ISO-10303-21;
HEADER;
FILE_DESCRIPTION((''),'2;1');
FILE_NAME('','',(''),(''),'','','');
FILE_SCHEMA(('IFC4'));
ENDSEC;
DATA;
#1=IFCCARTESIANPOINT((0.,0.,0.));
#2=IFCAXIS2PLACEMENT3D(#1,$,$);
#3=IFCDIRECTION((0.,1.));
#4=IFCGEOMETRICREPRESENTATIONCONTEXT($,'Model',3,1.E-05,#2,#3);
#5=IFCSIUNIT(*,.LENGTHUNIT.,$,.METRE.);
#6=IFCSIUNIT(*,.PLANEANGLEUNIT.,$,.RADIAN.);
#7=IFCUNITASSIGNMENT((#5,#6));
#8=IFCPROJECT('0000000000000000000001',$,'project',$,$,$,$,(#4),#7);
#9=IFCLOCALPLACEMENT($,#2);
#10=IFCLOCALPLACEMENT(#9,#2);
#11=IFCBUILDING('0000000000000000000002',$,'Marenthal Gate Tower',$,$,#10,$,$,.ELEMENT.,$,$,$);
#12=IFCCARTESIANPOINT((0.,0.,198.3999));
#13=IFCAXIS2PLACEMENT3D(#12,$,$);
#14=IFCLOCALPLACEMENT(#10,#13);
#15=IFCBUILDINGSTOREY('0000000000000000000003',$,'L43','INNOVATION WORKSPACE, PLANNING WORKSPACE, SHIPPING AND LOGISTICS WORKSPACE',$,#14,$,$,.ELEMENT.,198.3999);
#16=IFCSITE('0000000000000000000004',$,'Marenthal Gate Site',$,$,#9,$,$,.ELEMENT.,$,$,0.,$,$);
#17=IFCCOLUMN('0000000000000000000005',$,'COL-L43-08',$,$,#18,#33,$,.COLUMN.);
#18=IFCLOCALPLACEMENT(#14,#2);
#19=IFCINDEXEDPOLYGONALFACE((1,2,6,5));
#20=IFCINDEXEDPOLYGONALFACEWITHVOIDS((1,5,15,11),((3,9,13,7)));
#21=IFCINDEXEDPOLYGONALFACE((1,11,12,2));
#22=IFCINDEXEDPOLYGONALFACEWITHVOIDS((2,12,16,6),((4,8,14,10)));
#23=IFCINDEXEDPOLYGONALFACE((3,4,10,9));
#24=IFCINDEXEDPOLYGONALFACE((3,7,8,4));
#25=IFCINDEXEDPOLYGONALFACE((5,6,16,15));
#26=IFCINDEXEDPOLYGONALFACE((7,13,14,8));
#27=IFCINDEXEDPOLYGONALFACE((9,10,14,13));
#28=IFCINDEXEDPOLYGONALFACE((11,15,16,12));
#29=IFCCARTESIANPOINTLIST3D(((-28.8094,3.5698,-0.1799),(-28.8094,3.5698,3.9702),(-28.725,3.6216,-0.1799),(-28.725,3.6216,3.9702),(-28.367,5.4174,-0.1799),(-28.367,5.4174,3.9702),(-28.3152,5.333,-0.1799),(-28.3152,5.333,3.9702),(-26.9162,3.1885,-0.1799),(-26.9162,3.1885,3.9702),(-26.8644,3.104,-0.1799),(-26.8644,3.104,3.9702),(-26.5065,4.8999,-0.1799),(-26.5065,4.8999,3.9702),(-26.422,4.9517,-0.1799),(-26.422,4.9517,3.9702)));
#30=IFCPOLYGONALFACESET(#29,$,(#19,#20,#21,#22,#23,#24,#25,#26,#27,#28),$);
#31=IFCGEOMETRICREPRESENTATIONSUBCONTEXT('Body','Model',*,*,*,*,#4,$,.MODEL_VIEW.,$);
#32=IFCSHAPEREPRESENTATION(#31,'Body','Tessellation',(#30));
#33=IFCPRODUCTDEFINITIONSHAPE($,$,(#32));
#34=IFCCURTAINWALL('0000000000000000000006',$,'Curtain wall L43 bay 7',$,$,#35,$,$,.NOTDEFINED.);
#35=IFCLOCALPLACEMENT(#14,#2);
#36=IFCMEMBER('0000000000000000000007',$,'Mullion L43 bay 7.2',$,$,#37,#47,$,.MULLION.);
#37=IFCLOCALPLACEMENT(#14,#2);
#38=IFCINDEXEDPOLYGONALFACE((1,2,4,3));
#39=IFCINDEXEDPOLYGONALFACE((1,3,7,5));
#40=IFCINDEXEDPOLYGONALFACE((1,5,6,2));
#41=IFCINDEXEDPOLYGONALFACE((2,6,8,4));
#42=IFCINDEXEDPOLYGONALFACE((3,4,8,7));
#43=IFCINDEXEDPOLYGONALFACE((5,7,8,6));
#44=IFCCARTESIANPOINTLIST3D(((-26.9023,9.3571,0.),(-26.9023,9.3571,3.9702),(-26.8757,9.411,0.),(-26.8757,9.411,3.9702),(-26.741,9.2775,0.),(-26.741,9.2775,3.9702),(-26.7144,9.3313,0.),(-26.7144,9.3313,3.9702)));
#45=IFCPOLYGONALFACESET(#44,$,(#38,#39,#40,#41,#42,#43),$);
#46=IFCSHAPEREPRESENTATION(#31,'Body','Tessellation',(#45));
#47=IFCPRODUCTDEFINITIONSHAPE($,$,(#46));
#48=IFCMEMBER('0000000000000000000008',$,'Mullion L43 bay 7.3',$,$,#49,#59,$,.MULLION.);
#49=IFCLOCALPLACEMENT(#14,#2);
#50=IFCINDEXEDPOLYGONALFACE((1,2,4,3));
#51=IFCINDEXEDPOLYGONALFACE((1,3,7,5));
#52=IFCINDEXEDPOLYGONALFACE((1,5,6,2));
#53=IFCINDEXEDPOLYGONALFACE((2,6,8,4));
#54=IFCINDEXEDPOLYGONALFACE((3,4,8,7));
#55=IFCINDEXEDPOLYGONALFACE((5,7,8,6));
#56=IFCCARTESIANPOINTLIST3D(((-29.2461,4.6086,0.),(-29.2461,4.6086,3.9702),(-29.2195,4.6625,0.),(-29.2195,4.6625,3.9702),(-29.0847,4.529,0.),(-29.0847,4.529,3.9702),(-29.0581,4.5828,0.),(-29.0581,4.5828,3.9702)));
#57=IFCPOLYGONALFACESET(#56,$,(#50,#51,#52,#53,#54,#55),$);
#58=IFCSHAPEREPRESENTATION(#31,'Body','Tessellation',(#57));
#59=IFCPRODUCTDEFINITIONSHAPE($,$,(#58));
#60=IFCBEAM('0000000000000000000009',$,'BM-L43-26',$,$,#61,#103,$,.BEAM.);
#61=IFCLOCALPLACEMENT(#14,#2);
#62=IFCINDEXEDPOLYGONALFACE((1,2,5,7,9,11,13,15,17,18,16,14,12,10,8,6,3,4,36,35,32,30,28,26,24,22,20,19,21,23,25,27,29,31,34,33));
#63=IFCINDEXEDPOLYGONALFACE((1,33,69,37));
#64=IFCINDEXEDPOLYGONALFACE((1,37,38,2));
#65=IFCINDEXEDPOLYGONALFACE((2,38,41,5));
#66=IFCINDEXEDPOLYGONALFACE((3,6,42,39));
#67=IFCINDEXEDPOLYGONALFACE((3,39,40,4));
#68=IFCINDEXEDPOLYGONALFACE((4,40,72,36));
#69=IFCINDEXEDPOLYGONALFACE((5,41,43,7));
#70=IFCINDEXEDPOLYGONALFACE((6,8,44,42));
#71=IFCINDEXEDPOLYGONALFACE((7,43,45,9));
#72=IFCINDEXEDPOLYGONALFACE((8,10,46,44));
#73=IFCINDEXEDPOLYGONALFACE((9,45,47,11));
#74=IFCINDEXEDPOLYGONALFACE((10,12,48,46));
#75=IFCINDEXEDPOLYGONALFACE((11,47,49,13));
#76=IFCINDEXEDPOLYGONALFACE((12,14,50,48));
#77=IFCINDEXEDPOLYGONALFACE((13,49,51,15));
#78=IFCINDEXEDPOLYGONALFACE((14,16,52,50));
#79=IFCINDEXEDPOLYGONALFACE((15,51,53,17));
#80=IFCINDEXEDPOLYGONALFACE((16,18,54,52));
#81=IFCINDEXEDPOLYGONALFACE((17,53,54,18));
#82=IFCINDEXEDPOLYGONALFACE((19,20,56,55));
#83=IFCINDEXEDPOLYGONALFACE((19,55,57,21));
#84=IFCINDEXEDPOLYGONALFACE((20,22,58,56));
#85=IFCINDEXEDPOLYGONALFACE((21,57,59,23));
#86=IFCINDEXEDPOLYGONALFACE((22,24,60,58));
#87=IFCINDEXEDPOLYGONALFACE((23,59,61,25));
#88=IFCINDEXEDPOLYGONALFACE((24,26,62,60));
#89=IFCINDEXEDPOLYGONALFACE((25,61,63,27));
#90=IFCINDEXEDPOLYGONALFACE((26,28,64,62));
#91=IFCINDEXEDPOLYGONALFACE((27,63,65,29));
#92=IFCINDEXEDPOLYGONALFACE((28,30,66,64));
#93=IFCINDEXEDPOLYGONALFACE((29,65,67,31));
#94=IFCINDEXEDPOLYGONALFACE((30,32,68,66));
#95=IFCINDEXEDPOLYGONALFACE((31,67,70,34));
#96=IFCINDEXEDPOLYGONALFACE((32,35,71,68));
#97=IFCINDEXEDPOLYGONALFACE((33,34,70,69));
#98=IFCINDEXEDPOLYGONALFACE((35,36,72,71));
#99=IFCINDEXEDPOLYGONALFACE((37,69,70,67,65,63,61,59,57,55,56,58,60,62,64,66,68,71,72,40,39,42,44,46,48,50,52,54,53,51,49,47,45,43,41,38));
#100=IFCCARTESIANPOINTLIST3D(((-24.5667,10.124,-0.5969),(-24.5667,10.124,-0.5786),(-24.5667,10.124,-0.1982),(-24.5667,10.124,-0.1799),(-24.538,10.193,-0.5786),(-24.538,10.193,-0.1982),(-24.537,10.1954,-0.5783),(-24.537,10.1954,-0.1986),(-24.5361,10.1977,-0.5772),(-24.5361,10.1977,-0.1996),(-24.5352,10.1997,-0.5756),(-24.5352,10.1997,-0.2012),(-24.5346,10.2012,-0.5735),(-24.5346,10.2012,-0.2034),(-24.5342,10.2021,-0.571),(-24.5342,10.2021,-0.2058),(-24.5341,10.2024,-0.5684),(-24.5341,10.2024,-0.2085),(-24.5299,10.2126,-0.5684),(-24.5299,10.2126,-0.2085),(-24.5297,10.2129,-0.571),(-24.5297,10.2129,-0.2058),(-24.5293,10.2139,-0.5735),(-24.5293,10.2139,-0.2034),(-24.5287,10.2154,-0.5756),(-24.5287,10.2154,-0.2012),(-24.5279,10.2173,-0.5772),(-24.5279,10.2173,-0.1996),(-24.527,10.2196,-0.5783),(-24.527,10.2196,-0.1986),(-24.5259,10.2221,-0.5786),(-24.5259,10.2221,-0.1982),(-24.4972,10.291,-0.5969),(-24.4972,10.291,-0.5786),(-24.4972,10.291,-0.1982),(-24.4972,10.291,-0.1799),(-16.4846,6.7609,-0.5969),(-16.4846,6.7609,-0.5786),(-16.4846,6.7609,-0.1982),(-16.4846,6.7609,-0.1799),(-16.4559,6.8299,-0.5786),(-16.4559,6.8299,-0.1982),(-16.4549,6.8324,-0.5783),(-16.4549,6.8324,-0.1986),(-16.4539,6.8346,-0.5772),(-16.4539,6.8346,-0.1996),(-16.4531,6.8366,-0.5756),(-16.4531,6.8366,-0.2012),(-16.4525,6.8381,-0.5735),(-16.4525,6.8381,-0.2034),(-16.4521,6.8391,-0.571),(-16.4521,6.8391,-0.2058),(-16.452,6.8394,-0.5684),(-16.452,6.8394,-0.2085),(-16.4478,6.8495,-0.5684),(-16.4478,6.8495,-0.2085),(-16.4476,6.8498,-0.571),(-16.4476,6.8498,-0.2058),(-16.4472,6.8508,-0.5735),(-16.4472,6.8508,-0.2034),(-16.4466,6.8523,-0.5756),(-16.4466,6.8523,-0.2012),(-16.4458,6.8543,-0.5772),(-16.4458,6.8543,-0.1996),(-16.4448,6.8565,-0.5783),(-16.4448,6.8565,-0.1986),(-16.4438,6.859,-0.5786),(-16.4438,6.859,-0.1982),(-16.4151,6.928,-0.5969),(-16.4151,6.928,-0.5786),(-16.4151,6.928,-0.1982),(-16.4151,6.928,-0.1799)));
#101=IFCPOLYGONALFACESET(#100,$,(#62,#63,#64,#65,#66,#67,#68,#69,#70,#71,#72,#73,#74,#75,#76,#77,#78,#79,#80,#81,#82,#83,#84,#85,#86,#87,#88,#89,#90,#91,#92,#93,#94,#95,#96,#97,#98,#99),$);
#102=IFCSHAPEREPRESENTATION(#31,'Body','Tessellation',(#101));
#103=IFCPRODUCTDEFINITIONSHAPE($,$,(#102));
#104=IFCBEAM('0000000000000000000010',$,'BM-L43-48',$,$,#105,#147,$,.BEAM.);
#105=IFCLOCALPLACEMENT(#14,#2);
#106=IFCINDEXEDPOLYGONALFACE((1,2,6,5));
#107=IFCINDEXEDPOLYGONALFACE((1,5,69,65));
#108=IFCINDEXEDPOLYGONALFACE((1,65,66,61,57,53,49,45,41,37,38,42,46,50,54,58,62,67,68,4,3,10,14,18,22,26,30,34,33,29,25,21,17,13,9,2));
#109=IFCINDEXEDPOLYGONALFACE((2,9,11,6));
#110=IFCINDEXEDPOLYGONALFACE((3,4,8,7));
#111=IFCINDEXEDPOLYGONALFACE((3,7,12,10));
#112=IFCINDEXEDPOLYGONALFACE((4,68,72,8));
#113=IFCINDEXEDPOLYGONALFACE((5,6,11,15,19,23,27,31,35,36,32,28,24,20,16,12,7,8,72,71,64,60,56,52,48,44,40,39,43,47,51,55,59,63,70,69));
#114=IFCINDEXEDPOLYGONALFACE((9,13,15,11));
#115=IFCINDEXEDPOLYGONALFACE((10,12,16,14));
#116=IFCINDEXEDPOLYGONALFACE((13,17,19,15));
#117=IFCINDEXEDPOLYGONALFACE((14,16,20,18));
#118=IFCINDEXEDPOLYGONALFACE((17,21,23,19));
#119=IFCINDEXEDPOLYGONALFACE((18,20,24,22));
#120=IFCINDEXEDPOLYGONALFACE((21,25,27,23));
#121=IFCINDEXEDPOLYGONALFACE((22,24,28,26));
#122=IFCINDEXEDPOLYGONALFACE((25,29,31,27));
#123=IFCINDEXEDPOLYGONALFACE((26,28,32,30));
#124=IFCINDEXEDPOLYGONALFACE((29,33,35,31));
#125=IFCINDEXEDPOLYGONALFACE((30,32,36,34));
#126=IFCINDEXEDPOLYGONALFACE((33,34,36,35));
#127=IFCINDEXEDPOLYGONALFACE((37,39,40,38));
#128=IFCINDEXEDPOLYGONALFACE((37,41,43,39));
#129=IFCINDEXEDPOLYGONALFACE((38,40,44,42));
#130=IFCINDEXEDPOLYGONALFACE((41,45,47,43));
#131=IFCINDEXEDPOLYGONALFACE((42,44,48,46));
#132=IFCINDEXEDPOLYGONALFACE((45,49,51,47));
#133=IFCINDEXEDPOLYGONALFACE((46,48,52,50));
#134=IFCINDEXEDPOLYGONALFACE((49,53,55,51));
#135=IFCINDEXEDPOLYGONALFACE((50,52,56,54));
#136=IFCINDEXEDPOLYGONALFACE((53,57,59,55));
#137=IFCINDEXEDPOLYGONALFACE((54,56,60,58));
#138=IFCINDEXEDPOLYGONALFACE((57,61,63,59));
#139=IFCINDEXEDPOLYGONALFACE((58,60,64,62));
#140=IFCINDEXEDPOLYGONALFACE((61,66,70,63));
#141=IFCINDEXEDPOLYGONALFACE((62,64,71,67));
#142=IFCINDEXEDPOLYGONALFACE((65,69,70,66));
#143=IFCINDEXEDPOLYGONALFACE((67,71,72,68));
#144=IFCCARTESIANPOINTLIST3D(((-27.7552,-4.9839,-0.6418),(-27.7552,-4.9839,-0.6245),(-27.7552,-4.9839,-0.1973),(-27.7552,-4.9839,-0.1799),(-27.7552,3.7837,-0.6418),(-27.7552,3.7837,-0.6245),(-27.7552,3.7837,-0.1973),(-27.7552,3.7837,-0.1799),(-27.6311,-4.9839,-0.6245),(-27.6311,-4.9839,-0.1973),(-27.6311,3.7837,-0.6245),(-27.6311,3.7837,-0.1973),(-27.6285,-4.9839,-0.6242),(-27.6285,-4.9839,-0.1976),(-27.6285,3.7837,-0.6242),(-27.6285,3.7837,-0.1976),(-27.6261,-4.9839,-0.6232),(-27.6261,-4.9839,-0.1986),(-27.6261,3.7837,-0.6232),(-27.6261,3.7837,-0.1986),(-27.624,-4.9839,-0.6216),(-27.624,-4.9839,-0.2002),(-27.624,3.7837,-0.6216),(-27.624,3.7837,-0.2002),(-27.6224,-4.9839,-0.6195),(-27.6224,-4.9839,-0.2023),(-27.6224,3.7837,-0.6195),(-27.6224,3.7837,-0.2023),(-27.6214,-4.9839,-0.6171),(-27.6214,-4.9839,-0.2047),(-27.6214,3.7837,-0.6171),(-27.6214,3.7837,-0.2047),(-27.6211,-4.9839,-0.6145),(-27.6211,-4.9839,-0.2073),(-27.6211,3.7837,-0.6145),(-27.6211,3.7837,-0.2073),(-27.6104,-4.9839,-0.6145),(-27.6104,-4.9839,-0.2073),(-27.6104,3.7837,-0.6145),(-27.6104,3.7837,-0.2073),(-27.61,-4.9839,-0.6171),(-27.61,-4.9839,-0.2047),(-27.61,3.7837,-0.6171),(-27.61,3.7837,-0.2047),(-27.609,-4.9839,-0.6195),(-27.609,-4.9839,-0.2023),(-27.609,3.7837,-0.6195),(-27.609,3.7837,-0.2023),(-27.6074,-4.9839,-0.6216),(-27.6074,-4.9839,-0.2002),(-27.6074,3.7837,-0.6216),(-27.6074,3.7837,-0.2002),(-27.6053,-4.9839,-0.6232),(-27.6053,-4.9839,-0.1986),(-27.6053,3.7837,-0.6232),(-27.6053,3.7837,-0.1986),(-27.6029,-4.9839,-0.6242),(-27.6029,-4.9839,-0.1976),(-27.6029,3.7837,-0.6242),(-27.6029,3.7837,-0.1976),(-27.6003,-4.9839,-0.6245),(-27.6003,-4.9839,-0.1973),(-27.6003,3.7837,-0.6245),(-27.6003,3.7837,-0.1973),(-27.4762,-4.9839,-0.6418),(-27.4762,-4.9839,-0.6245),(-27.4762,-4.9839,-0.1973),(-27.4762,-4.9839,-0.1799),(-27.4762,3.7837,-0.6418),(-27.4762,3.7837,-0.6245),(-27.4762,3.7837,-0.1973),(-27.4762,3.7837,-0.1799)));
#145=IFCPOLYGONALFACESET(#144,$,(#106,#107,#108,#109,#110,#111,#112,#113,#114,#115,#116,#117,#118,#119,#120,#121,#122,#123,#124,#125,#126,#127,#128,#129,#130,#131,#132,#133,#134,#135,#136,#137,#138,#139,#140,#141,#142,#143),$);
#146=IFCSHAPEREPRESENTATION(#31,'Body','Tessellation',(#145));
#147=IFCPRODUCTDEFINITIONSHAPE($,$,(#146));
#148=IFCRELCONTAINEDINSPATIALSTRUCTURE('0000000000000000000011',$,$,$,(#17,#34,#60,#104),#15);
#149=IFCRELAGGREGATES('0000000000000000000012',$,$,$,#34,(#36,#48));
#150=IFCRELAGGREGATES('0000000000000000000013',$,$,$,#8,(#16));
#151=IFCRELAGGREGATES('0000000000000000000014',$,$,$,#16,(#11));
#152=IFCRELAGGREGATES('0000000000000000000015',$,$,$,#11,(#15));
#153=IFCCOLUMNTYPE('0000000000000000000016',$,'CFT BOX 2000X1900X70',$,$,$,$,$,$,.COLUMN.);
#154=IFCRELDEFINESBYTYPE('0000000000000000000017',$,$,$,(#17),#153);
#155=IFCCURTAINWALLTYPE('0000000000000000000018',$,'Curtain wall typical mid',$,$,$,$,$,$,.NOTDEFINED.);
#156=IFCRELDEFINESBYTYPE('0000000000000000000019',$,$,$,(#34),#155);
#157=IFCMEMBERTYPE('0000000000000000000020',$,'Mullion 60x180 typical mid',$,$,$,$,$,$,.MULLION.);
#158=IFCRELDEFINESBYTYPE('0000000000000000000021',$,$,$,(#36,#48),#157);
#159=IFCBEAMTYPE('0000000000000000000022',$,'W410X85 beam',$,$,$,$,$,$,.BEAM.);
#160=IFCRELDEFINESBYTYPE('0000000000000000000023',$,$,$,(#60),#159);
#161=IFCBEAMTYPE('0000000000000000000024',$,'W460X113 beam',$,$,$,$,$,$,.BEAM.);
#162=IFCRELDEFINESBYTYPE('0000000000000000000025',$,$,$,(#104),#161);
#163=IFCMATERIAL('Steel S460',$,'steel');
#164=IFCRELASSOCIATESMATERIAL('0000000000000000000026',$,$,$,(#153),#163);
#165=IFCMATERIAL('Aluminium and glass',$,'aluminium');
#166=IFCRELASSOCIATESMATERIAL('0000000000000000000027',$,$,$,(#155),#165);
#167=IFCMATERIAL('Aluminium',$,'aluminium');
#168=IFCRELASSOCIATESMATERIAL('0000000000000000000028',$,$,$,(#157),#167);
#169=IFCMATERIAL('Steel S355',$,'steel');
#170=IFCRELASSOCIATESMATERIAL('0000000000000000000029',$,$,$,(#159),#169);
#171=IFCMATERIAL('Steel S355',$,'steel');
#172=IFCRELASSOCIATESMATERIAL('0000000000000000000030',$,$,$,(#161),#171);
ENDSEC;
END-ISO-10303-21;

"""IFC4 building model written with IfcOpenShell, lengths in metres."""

from ifc_helpers import new_model, si_unit, direction, frame, origin, origin_2d, place, context, subcontext, project, spatial, rectangle, hollow_rectangle, i_section, extrude, material, material_profile, profile_set, type_object, element, aggregate, save


model = new_model("IFC4")

# Units and contexts
model_context = context("Model", 3, precision=1e-05, world=origin(), true_north=direction((0.0, 1.0)))
body_context = subcontext(model_context, "Body", "Model", "MODEL_VIEW")
ifc_project = project(units=[si_unit("LENGTHUNIT", "METRE"), si_unit("PLANEANGLEUNIT", "RADIAN")], contexts=[model_context])

# Site, building, storey
site_placement = place(None, origin())
site = spatial("IfcSite", under=ifc_project, at=site_placement, Name="Marenthal Gate Site", CompositionType="ELEMENT", RefElevation=0.0)
building_placement = place(site_placement, origin())
building = spatial("IfcBuilding", under=site, at=building_placement, Name="Marenthal Gate Tower", CompositionType="ELEMENT")
storey_placement = place(building_placement, frame((0.0, 0.0, 198.3999)))
storey = spatial("IfcBuildingStorey", under=building, at=storey_placement, Name="L43", Description="INNOVATION WORKSPACE, PLANNING WORKSPACE, SHIPPING AND LOGISTICS WORKSPACE", CompositionType="ELEMENT", Elevation=198.3999)

# Column
ifc_material_1 = material(Name="Steel S460", Category="steel")
ifc_material_profile_1 = material_profile(ifc_material_1, hollow_rectangle(XDim=1.8999, YDim=2.0, WallThickness=0.0701, at=origin_2d()), Name="CFT BOX 2000X1900X70")
ifc_material_2 = material(Name="Concrete 70 MPa", Category="concrete")
ifc_material_profile_2 = material_profile(ifc_material_2, rectangle(XDim=1.76, YDim=1.8601, at=origin_2d()), Name="CFT BOX 2000X1900X70 INFILL")
ifc_profile_set_1 = profile_set([ifc_material_profile_1, ifc_material_profile_2], Name="Steel S460 shell, Concrete 70 MPa infill")
column_type = type_object("IfcColumnType", Name="CFT BOX 2000X1900X70", PredefinedType="COLUMN", material=ifc_profile_set_1)
column_placement = place(storey_placement, frame((-27.6157, 4.2607, -0.1799), z_axis=(0.0, 0.0, 1.0), x_axis=(0.232863, 0.972509, 0.0)))
element("IfcColumn", 1, at=column_placement, inside=storey, type_object=column_type, Name="COL-L43-08", PredefinedType="COLUMN", context=body_context, shape_type="SweptSolid", body=[
    extrude(hollow_rectangle(XDim=1.8999, YDim=2.0, WallThickness=0.0701, at=origin_2d()), origin(), (0.0, 0.0, 1.0), 4.1501),
])

# Curtain wall, members
ifc_material_3 = material(Name="Aluminium and glass", Category="aluminium")
curtain_wall_type = type_object("IfcCurtainWallType", Name="Curtain wall typical mid", PredefinedType="NOTDEFINED", material=ifc_material_3)
curtain_wall_placement = place(storey_placement, origin())
curtain_wall = element("IfcCurtainWall", 2, at=curtain_wall_placement, inside=storey, type_object=curtain_wall_type, Name="Curtain wall L43 bay 7", PredefinedType="NOTDEFINED")
ifc_material_4 = material(Name="Aluminium", Category="aluminium")
ifc_material_profile_3 = material_profile(ifc_material_4, rectangle(XDim=0.1799, YDim=0.0601, at=origin_2d()), Name="60x180 aluminium mullion")
ifc_profile_set_2 = profile_set([ifc_material_profile_3], Name="Aluminium")
member_type = type_object("IfcMemberType", Name="Mullion 60x180 typical mid", PredefinedType="MULLION", material=ifc_profile_set_2)
member_1_placement = place(storey_placement, frame((-26.8083, 9.3442, 0.0), z_axis=(0.0, 0.0, 1.0), x_axis=(0.896716, -0.442607, 0.0)))
member_1 = element("IfcMember", 3, at=member_1_placement, type_object=member_type, Name="Mullion L43 bay 7.2", PredefinedType="MULLION", context=body_context, shape_type="SweptSolid", body=[
    extrude(rectangle(XDim=0.1799, YDim=0.0601, at=origin_2d()), origin(), (0.0, 0.0, 1.0), 3.9702),
])
member_2_placement = place(storey_placement, frame((-29.1521, 4.5957, 0.0), z_axis=(0.0, 0.0, 1.0), x_axis=(0.896716, -0.442607, 0.0)))
member_2 = element("IfcMember", 4, at=member_2_placement, type_object=member_type, Name="Mullion L43 bay 7.3", PredefinedType="MULLION", context=body_context, shape_type="SweptSolid", body=[
    extrude(rectangle(XDim=0.1799, YDim=0.0601, at=origin_2d()), origin(), (0.0, 0.0, 1.0), 3.9702),
])

# Beams
ifc_material_5 = material(Name="Steel S355", Category="steel")
ifc_material_profile_4 = material_profile(ifc_material_5, i_section(OverallWidth=0.1809, OverallDepth=0.417, WebThickness=0.011, FlangeThickness=0.0183, FilletRadius=0.0103, at=origin_2d()), Name="W410X85")
ifc_profile_set_3 = profile_set([ifc_material_profile_4], Name="Steel S355")
beam_type_1 = type_object("IfcBeamType", Name="W410X85 beam", PredefinedType="BEAM", material=ifc_profile_set_3)
beam_1_placement = place(storey_placement, frame((-24.532, 10.2075, -0.3884), z_axis=(0.923258, -0.38418, 0.0), x_axis=(0.38418, 0.923258, 0.0)))
element("IfcBeam", 5, at=beam_1_placement, inside=storey, type_object=beam_type_1, Name="BM-L43-26", PredefinedType="BEAM", context=body_context, shape_type="SweptSolid", body=[
    extrude(i_section(OverallWidth=0.1809, OverallDepth=0.417, WebThickness=0.011, FlangeThickness=0.0183, FilletRadius=0.0103, at=origin_2d()), origin(), (0.0, 0.0, 1.0), 8.7539),
])
ifc_material_6 = material(Name="Steel S355", Category="steel")
ifc_material_profile_5 = material_profile(ifc_material_6, i_section(OverallWidth=0.2791, OverallDepth=0.4619, WebThickness=0.0107, FlangeThickness=0.0173, FilletRadius=0.01, at=origin_2d()), Name="W460X113")
ifc_profile_set_4 = profile_set([ifc_material_profile_5], Name="Steel S355")
beam_type_2 = type_object("IfcBeamType", Name="W460X113 beam", PredefinedType="BEAM", material=ifc_profile_set_4)
beam_2_placement = place(storey_placement, frame((-27.6157, 3.7837, -0.4109), z_axis=(0.0, -1.0, 0.0), x_axis=(1.0, 0.0, 0.0)))
element("IfcBeam", 6, at=beam_2_placement, inside=storey, type_object=beam_type_2, Name="BM-L43-48", PredefinedType="BEAM", context=body_context, shape_type="SweptSolid", body=[
    extrude(i_section(OverallWidth=0.2791, OverallDepth=0.4619, WebThickness=0.0107, FlangeThickness=0.0173, FilletRadius=0.01, at=origin_2d()), origin(), (0.0, 0.0, 1.0), 8.7676),
])

aggregate(curtain_wall, [member_1, member_2])

save(model, "model.ifc")
